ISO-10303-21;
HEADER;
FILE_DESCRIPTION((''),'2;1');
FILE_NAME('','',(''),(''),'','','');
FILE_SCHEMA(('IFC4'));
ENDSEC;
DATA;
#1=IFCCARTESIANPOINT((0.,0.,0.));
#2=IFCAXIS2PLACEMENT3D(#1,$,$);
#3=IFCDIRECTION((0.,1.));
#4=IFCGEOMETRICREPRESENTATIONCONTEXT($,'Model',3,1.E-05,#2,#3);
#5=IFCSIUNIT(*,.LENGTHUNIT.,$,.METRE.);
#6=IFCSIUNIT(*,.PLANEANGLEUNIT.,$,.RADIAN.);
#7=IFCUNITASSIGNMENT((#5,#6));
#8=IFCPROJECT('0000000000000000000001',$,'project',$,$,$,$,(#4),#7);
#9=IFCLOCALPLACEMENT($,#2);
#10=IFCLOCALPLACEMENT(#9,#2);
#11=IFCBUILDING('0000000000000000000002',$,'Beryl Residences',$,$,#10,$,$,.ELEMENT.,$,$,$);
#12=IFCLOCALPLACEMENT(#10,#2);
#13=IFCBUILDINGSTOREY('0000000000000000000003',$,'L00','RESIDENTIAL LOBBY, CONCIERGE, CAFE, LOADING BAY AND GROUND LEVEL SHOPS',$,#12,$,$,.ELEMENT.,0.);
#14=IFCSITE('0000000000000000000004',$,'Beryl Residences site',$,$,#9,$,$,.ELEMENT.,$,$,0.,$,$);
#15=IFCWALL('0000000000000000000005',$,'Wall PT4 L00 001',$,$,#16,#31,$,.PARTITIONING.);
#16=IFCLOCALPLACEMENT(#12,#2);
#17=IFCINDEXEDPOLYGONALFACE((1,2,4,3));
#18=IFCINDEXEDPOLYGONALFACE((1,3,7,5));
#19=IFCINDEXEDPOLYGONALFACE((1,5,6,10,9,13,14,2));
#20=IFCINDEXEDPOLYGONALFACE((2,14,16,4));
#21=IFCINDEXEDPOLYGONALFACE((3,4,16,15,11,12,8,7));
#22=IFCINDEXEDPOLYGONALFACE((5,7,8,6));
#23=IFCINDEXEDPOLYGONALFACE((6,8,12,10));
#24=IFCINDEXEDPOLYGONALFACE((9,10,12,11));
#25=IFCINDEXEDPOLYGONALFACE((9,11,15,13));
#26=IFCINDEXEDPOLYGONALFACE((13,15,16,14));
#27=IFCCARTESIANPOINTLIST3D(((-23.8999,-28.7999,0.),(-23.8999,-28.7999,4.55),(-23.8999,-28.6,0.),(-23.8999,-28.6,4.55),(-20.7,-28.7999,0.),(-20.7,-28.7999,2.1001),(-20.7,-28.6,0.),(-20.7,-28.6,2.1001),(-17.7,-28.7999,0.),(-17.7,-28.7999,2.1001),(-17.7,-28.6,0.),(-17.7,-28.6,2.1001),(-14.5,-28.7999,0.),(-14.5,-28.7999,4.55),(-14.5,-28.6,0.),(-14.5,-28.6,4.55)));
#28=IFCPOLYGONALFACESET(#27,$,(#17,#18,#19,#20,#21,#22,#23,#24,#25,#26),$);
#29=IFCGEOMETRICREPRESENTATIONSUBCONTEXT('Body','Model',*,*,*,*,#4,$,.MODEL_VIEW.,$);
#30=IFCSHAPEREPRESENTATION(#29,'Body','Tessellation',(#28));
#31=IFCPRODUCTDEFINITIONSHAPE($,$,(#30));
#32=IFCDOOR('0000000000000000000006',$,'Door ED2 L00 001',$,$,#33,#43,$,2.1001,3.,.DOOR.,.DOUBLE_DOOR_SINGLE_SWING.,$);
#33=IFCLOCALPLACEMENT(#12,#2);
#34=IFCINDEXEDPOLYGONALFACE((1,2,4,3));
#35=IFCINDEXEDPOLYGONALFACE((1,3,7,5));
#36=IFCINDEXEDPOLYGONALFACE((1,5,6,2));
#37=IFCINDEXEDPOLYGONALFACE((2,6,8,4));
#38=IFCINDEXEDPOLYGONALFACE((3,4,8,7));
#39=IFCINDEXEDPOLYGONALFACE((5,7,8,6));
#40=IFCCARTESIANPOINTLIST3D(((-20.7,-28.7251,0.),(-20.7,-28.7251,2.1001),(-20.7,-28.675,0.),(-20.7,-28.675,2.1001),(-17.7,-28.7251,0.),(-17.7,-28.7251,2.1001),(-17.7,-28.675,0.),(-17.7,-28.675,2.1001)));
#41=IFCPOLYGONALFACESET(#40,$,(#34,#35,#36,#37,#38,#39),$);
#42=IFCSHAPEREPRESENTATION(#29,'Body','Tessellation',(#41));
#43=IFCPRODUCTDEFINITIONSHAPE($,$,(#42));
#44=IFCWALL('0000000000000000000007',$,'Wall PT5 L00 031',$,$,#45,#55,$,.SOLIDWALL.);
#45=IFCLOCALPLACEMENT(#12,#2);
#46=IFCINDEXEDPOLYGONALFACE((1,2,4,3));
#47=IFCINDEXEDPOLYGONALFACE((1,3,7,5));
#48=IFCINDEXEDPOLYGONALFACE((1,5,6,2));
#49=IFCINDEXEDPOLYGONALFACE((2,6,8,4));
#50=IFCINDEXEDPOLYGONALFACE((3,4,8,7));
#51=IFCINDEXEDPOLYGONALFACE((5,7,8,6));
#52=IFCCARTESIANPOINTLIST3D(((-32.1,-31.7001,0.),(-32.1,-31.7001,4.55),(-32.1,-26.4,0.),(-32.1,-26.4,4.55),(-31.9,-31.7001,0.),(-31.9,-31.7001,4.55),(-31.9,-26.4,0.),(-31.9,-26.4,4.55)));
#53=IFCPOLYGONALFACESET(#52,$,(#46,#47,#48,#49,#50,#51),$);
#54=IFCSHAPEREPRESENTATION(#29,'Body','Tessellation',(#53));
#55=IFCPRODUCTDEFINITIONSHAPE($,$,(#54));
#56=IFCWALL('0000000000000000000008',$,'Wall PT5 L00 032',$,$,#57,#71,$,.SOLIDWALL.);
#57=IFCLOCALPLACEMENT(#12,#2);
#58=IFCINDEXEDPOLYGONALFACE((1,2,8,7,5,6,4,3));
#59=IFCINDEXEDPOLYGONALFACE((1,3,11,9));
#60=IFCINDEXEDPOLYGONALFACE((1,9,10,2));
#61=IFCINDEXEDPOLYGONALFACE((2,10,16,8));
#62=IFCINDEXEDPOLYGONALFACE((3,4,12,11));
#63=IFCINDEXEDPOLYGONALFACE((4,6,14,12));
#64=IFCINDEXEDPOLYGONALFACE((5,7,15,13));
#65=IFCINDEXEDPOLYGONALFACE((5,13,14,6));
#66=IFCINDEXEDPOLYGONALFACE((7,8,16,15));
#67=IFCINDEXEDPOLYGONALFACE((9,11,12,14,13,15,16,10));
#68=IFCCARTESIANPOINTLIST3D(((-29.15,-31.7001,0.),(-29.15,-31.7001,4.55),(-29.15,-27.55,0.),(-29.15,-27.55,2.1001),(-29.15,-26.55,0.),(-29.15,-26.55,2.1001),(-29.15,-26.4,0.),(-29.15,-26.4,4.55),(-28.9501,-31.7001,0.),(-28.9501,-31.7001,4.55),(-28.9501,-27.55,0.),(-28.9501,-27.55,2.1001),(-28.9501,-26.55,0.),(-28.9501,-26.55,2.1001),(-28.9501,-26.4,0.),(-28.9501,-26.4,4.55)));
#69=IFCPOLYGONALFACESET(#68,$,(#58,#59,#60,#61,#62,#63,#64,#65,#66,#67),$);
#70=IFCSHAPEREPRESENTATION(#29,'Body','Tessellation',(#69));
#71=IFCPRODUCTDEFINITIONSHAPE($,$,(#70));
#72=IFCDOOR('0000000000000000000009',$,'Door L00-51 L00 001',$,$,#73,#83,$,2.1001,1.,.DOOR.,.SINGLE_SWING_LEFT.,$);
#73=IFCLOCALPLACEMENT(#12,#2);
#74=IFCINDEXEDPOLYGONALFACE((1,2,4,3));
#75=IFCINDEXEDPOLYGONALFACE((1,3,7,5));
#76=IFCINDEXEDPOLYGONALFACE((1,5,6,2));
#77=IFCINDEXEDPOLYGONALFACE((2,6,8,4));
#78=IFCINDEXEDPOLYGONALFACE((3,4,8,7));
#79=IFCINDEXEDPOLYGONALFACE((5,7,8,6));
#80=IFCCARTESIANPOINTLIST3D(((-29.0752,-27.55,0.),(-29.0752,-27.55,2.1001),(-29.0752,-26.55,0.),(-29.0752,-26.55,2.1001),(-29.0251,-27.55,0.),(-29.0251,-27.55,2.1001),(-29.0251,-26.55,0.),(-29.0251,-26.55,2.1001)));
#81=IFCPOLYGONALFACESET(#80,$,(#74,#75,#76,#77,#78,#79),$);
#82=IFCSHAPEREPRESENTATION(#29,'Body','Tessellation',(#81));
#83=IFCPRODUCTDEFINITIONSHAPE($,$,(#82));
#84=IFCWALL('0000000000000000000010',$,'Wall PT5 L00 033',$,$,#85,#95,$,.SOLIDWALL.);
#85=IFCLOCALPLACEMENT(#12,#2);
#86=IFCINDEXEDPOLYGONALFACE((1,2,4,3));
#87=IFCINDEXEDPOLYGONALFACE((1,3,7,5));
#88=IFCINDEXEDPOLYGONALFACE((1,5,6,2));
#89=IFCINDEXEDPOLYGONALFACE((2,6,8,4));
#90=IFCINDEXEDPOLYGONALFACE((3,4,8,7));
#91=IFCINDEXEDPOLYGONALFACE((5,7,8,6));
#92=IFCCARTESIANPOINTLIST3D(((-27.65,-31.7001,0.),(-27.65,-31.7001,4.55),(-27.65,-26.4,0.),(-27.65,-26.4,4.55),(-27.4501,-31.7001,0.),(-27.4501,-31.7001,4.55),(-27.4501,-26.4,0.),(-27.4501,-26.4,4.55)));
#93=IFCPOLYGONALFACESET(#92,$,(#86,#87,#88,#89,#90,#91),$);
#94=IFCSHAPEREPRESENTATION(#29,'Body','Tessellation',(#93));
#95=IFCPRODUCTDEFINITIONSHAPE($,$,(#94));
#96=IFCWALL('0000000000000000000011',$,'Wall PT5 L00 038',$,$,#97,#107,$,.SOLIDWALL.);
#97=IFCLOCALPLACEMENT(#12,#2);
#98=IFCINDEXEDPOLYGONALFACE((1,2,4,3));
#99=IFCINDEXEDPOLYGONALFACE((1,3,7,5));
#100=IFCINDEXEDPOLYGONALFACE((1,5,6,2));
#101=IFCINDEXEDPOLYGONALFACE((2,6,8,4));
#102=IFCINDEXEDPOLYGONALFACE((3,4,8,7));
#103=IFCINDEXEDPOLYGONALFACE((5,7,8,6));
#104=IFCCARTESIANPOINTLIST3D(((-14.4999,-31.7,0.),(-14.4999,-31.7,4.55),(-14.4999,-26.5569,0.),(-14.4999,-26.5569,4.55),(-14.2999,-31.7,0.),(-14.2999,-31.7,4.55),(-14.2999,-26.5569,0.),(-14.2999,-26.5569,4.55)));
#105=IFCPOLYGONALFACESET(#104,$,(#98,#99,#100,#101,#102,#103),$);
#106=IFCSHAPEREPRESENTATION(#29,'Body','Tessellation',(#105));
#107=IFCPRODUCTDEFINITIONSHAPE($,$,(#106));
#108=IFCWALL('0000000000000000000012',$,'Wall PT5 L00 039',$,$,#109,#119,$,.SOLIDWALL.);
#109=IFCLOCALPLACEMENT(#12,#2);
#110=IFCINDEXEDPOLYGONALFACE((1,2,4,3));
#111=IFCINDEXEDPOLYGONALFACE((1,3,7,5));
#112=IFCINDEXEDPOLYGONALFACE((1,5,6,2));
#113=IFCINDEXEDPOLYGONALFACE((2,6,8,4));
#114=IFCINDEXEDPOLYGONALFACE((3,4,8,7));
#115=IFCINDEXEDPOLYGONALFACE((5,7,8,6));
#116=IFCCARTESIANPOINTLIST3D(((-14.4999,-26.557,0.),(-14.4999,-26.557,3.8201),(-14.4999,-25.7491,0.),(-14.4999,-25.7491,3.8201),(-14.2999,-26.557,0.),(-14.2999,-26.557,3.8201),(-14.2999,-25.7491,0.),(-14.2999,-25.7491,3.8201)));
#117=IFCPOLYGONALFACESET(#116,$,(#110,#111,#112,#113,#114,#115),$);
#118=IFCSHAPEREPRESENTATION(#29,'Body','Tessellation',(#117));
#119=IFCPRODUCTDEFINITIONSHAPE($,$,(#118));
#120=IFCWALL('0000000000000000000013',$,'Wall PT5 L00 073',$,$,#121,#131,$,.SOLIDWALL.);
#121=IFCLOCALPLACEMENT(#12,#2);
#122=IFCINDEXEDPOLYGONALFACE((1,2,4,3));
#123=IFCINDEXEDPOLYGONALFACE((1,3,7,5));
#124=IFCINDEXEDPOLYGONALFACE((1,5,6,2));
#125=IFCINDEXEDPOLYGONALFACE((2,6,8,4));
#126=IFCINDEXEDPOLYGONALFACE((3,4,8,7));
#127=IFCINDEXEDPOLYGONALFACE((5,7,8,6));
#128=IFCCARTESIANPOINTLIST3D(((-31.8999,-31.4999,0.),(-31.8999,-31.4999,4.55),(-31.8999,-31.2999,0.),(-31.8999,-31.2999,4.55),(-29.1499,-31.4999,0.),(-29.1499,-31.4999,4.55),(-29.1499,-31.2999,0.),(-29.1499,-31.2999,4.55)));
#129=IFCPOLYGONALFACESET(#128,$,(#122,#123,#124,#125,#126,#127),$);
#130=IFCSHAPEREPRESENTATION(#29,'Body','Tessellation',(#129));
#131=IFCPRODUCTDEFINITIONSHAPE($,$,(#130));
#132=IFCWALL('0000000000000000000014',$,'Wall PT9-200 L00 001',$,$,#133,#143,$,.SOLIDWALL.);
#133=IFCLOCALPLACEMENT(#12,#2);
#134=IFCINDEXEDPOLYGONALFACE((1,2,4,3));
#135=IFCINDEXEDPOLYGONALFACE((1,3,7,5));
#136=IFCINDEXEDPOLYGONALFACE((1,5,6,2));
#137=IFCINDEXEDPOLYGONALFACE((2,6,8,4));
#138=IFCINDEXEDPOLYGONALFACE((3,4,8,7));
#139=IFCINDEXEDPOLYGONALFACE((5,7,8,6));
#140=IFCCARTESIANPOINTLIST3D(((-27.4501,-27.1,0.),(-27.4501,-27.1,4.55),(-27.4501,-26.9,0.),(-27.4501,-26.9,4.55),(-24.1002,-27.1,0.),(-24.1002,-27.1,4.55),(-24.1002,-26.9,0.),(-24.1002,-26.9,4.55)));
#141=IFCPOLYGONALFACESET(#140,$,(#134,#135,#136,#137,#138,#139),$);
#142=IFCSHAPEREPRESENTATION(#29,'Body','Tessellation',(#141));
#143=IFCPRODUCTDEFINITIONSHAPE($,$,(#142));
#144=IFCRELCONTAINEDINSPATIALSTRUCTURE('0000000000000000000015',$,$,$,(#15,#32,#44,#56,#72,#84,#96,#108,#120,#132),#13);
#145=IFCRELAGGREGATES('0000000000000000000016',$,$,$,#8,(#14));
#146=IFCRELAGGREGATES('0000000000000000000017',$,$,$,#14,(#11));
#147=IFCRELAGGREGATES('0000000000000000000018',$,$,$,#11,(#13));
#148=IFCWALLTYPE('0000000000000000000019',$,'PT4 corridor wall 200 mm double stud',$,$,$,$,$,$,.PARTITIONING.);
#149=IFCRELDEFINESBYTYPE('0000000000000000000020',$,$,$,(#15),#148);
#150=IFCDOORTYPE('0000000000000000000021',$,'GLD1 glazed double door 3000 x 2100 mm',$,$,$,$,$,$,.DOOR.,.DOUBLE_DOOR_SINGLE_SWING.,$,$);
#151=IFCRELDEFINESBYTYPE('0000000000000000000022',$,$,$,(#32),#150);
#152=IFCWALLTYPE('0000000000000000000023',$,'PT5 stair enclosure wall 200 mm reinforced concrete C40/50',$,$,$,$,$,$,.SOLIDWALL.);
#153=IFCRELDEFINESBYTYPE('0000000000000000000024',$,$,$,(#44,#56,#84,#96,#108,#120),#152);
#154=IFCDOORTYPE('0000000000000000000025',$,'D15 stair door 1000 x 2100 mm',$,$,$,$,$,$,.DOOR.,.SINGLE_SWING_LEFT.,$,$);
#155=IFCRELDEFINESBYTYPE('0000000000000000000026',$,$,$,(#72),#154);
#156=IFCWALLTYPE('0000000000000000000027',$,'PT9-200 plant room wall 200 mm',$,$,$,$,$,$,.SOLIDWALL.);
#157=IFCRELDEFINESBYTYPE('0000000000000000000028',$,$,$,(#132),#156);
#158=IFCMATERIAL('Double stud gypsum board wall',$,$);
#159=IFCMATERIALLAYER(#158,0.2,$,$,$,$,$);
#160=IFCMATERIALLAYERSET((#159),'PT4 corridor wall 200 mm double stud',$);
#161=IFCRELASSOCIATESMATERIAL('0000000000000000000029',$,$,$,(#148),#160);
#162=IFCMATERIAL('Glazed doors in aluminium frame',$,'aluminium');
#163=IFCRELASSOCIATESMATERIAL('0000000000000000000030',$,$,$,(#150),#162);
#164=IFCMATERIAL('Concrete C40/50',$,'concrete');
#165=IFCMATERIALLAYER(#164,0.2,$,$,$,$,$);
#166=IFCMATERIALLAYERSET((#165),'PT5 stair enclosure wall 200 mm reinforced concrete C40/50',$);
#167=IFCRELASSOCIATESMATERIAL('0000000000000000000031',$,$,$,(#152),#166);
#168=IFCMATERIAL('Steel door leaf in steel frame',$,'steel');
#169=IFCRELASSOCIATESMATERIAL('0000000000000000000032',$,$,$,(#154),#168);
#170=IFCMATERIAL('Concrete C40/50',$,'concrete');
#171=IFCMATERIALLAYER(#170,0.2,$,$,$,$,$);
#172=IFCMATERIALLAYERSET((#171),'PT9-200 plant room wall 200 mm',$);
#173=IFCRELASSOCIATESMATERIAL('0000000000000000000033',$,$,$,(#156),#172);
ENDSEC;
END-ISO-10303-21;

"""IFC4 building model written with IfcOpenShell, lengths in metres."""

from ifc_helpers import new_model, si_unit, direction, frame, frame_2d, origin, place, context, subcontext, project, spatial, rectangle, extrude, material, layer, layer_set, type_object, element, fill, save


model = new_model("IFC4")

# Units and contexts
model_context = context("Model", 3, precision=1e-05, world=origin(), true_north=direction((0.0, 1.0)))
body_context = subcontext(model_context, "Body", "Model", "MODEL_VIEW")
ifc_project = project(units=[si_unit("LENGTHUNIT", "METRE"), si_unit("PLANEANGLEUNIT", "RADIAN")], contexts=[model_context])

# Site, building, storey
site_placement = place(None, origin())
site = spatial("IfcSite", under=ifc_project, at=site_placement, Name="Beryl Residences site", CompositionType="ELEMENT", RefElevation=0.0)
building_placement = place(site_placement, origin())
building = spatial("IfcBuilding", under=site, at=building_placement, Name="Beryl Residences", CompositionType="ELEMENT")
storey_placement = place(building_placement, origin())
storey = spatial("IfcBuildingStorey", under=building, at=storey_placement, Name="L00", Description="RESIDENTIAL LOBBY, CONCIERGE, CAFE, LOADING BAY AND GROUND LEVEL SHOPS", CompositionType="ELEMENT", Elevation=0.0)

# Wall, opening, door
ifc_material_1 = material(Name="Double stud gypsum board wall")
ifc_layer_1 = layer(ifc_material_1, 0.2)
ifc_layer_set_1 = layer_set([ifc_layer_1], Name="PT4 corridor wall 200 mm double stud")
wall_type_1 = type_object("IfcWallType", Name="PT4 corridor wall 200 mm double stud", PredefinedType="PARTITIONING", material=ifc_layer_set_1)
wall_1_placement = place(storey_placement, frame((-23.8999, -28.7, 0.0), z_axis=(0.0, 0.0, 1.0), x_axis=(1.0, 0.0, 0.0)))
wall_1 = element("IfcWall", 1, at=wall_1_placement, inside=storey, type_object=wall_type_1, Name="Wall PT4 L00 001", PredefinedType="PARTITIONING", context=body_context, shape_type="SweptSolid", body=[
    extrude(rectangle(XDim=9.3999, YDim=0.2, at=frame_2d((4.7, 0.0))), origin(), (0.0, 0.0, 1.0), 4.55),
])
opening_1_placement = place(wall_1_placement, frame((3.2, 0.0, 0.0)))
opening_1 = element("IfcOpeningElement", 2, at=opening_1_placement, cuts=wall_1, PredefinedType="OPENING", context=body_context, shape_type="SweptSolid", body=[
    extrude(rectangle(XDim=3.0, YDim=2.1001, at=frame_2d((1.5, 1.05))), frame((0.0, 0.1099, 0.0), z_axis=(0.0, -1.0, 0.0), x_axis=(1.0, 0.0, 0.0)), (0.0, 0.0, 1.0), 0.22),
])
ifc_material_2 = material(Name="Glazed doors in aluminium frame", Category="aluminium")
door_type_1 = type_object("IfcDoorType", Name="GLD1 glazed double door 3000 x 2100 mm", OperationType="DOUBLE_DOOR_SINGLE_SWING", PredefinedType="DOOR", material=ifc_material_2)
door_1_placement = place(opening_1_placement, origin())
door_1 = element("IfcDoor", 3, at=door_1_placement, inside=storey, type_object=door_type_1, Name="Door ED2 L00 001", OperationType="DOUBLE_DOOR_SINGLE_SWING", OverallHeight=2.1001, OverallWidth=3.0, PredefinedType="DOOR", context=body_context, shape_type="SweptSolid", body=[
    extrude(rectangle(XDim=3.0, YDim=2.1001, at=frame_2d((1.5, 1.05))), frame((0.0, 0.0249, 0.0), z_axis=(0.0, -1.0, 0.0), x_axis=(1.0, 0.0, 0.0)), (0.0, 0.0, 1.0), 0.05),
])
fill(opening_1, door_1)

# Wall
ifc_material_3 = material(Name="Concrete C40/50", Category="concrete")
ifc_layer_2 = layer(ifc_material_3, 0.2)
ifc_layer_set_2 = layer_set([ifc_layer_2], Name="PT5 stair enclosure wall 200 mm reinforced concrete C40/50")
wall_type_2 = type_object("IfcWallType", Name="PT5 stair enclosure wall 200 mm reinforced concrete C40/50", PredefinedType="SOLIDWALL", material=ifc_layer_set_2)
wall_2_placement = place(storey_placement, frame((-32.0, -31.7, 0.0), z_axis=(0.0, 0.0, 1.0), x_axis=(0.0, 1.0, 0.0)))
element("IfcWall", 4, at=wall_2_placement, inside=storey, type_object=wall_type_2, Name="Wall PT5 L00 031", PredefinedType="SOLIDWALL", context=body_context, shape_type="SweptSolid", body=[
    extrude(rectangle(XDim=5.3, YDim=0.2, at=frame_2d((2.6499, 0.0))), origin(), (0.0, 0.0, 1.0), 4.55),
])

# Wall, opening, door
wall_3_placement = place(storey_placement, frame((-29.05, -31.7, 0.0), z_axis=(0.0, 0.0, 1.0), x_axis=(0.0, 1.0, 0.0)))
wall_3 = element("IfcWall", 5, at=wall_3_placement, inside=storey, type_object=wall_type_2, Name="Wall PT5 L00 032", PredefinedType="SOLIDWALL", context=body_context, shape_type="SweptSolid", body=[
    extrude(rectangle(XDim=5.3, YDim=0.2, at=frame_2d((2.6499, 0.0))), origin(), (0.0, 0.0, 1.0), 4.55),
])
opening_2_placement = place(wall_3_placement, frame((5.1499, 0.0, 0.0), z_axis=(0.0, 0.0, 1.0), x_axis=(-1.0, 0.0, 0.0)))
opening_2 = element("IfcOpeningElement", 6, at=opening_2_placement, cuts=wall_3, PredefinedType="OPENING", context=body_context, shape_type="SweptSolid", body=[
    extrude(rectangle(XDim=1.0, YDim=2.1001, at=frame_2d((0.5, 1.05))), frame((0.0, 0.1099, 0.0), z_axis=(0.0, -1.0, 0.0), x_axis=(1.0, 0.0, 0.0)), (0.0, 0.0, 1.0), 0.22),
])
ifc_material_4 = material(Name="Steel door leaf in steel frame", Category="steel")
door_type_2 = type_object("IfcDoorType", Name="D15 stair door 1000 x 2100 mm", OperationType="SINGLE_SWING_LEFT", PredefinedType="DOOR", material=ifc_material_4)
door_2_placement = place(opening_2_placement, origin())
door_2 = element("IfcDoor", 7, at=door_2_placement, inside=storey, type_object=door_type_2, Name="Door L00-51 L00 001", OperationType="SINGLE_SWING_LEFT", OverallHeight=2.1001, OverallWidth=1.0, PredefinedType="DOOR", context=body_context, shape_type="SweptSolid", body=[
    extrude(rectangle(XDim=1.0, YDim=2.1001, at=frame_2d((0.5, 1.05))), frame((0.0, 0.0249, 0.0), z_axis=(0.0, -1.0, 0.0), x_axis=(1.0, 0.0, 0.0)), (0.0, 0.0, 1.0), 0.05),
])
fill(opening_2, door_2)

# Walls
wall_4_placement = place(storey_placement, frame((-27.55, -31.7, 0.0), z_axis=(0.0, 0.0, 1.0), x_axis=(0.0, 1.0, 0.0)))
element("IfcWall", 8, at=wall_4_placement, inside=storey, type_object=wall_type_2, Name="Wall PT5 L00 033", PredefinedType="SOLIDWALL", context=body_context, shape_type="SweptSolid", body=[
    extrude(rectangle(XDim=5.3, YDim=0.2, at=frame_2d((2.6499, 0.0))), origin(), (0.0, 0.0, 1.0), 4.55),
])
wall_5_placement = place(storey_placement, frame((-14.3999, -31.7, 0.0), z_axis=(0.0, 0.0, 1.0), x_axis=(0.0, 1.0, 0.0)))
element("IfcWall", 9, at=wall_5_placement, inside=storey, type_object=wall_type_2, Name="Wall PT5 L00 038", PredefinedType="SOLIDWALL", context=body_context, shape_type="SweptSolid", body=[
    extrude(rectangle(XDim=5.1431, YDim=0.2, at=frame_2d((2.5715, 0.0))), origin(), (0.0, 0.0, 1.0), 4.55),
])
wall_6_placement = place(storey_placement, frame((-14.3999, -26.5569, 0.0), z_axis=(0.0, 0.0, 1.0), x_axis=(0.0, 1.0, 0.0)))
element("IfcWall", 10, at=wall_6_placement, inside=storey, type_object=wall_type_2, Name="Wall PT5 L00 039", PredefinedType="SOLIDWALL", context=body_context, shape_type="SweptSolid", body=[
    extrude(rectangle(XDim=0.8079, YDim=0.2, at=frame_2d((0.4038, 0.0))), origin(), (0.0, 0.0, 1.0), 3.8201),
])
wall_7_placement = place(storey_placement, frame((-31.8999, -31.3999, 0.0), z_axis=(0.0, 0.0, 1.0), x_axis=(1.0, 0.0, 0.0)))
element("IfcWall", 11, at=wall_7_placement, inside=storey, type_object=wall_type_2, Name="Wall PT5 L00 073", PredefinedType="SOLIDWALL", context=body_context, shape_type="SweptSolid", body=[
    extrude(rectangle(XDim=2.75, YDim=0.2, at=frame_2d((1.375, 0.0))), origin(), (0.0, 0.0, 1.0), 4.55),
])
ifc_material_5 = material(Name="Concrete C40/50", Category="concrete")
ifc_layer_3 = layer(ifc_material_5, 0.2)
ifc_layer_set_3 = layer_set([ifc_layer_3], Name="PT9-200 plant room wall 200 mm")
wall_type_3 = type_object("IfcWallType", Name="PT9-200 plant room wall 200 mm", PredefinedType="SOLIDWALL", material=ifc_layer_set_3)
wall_8_placement = place(storey_placement, frame((-27.45, -27.0, 0.0), z_axis=(0.0, 0.0, 1.0), x_axis=(1.0, 0.0, 0.0)))
element("IfcWall", 12, at=wall_8_placement, inside=storey, type_object=wall_type_3, Name="Wall PT9-200 L00 001", PredefinedType="SOLIDWALL", context=body_context, shape_type="SweptSolid", body=[
    extrude(rectangle(XDim=3.3499, YDim=0.2, at=frame_2d((1.6748, 0.0))), origin(), (0.0, 0.0, 1.0), 4.55),
])

save(model, "model.ifc")
